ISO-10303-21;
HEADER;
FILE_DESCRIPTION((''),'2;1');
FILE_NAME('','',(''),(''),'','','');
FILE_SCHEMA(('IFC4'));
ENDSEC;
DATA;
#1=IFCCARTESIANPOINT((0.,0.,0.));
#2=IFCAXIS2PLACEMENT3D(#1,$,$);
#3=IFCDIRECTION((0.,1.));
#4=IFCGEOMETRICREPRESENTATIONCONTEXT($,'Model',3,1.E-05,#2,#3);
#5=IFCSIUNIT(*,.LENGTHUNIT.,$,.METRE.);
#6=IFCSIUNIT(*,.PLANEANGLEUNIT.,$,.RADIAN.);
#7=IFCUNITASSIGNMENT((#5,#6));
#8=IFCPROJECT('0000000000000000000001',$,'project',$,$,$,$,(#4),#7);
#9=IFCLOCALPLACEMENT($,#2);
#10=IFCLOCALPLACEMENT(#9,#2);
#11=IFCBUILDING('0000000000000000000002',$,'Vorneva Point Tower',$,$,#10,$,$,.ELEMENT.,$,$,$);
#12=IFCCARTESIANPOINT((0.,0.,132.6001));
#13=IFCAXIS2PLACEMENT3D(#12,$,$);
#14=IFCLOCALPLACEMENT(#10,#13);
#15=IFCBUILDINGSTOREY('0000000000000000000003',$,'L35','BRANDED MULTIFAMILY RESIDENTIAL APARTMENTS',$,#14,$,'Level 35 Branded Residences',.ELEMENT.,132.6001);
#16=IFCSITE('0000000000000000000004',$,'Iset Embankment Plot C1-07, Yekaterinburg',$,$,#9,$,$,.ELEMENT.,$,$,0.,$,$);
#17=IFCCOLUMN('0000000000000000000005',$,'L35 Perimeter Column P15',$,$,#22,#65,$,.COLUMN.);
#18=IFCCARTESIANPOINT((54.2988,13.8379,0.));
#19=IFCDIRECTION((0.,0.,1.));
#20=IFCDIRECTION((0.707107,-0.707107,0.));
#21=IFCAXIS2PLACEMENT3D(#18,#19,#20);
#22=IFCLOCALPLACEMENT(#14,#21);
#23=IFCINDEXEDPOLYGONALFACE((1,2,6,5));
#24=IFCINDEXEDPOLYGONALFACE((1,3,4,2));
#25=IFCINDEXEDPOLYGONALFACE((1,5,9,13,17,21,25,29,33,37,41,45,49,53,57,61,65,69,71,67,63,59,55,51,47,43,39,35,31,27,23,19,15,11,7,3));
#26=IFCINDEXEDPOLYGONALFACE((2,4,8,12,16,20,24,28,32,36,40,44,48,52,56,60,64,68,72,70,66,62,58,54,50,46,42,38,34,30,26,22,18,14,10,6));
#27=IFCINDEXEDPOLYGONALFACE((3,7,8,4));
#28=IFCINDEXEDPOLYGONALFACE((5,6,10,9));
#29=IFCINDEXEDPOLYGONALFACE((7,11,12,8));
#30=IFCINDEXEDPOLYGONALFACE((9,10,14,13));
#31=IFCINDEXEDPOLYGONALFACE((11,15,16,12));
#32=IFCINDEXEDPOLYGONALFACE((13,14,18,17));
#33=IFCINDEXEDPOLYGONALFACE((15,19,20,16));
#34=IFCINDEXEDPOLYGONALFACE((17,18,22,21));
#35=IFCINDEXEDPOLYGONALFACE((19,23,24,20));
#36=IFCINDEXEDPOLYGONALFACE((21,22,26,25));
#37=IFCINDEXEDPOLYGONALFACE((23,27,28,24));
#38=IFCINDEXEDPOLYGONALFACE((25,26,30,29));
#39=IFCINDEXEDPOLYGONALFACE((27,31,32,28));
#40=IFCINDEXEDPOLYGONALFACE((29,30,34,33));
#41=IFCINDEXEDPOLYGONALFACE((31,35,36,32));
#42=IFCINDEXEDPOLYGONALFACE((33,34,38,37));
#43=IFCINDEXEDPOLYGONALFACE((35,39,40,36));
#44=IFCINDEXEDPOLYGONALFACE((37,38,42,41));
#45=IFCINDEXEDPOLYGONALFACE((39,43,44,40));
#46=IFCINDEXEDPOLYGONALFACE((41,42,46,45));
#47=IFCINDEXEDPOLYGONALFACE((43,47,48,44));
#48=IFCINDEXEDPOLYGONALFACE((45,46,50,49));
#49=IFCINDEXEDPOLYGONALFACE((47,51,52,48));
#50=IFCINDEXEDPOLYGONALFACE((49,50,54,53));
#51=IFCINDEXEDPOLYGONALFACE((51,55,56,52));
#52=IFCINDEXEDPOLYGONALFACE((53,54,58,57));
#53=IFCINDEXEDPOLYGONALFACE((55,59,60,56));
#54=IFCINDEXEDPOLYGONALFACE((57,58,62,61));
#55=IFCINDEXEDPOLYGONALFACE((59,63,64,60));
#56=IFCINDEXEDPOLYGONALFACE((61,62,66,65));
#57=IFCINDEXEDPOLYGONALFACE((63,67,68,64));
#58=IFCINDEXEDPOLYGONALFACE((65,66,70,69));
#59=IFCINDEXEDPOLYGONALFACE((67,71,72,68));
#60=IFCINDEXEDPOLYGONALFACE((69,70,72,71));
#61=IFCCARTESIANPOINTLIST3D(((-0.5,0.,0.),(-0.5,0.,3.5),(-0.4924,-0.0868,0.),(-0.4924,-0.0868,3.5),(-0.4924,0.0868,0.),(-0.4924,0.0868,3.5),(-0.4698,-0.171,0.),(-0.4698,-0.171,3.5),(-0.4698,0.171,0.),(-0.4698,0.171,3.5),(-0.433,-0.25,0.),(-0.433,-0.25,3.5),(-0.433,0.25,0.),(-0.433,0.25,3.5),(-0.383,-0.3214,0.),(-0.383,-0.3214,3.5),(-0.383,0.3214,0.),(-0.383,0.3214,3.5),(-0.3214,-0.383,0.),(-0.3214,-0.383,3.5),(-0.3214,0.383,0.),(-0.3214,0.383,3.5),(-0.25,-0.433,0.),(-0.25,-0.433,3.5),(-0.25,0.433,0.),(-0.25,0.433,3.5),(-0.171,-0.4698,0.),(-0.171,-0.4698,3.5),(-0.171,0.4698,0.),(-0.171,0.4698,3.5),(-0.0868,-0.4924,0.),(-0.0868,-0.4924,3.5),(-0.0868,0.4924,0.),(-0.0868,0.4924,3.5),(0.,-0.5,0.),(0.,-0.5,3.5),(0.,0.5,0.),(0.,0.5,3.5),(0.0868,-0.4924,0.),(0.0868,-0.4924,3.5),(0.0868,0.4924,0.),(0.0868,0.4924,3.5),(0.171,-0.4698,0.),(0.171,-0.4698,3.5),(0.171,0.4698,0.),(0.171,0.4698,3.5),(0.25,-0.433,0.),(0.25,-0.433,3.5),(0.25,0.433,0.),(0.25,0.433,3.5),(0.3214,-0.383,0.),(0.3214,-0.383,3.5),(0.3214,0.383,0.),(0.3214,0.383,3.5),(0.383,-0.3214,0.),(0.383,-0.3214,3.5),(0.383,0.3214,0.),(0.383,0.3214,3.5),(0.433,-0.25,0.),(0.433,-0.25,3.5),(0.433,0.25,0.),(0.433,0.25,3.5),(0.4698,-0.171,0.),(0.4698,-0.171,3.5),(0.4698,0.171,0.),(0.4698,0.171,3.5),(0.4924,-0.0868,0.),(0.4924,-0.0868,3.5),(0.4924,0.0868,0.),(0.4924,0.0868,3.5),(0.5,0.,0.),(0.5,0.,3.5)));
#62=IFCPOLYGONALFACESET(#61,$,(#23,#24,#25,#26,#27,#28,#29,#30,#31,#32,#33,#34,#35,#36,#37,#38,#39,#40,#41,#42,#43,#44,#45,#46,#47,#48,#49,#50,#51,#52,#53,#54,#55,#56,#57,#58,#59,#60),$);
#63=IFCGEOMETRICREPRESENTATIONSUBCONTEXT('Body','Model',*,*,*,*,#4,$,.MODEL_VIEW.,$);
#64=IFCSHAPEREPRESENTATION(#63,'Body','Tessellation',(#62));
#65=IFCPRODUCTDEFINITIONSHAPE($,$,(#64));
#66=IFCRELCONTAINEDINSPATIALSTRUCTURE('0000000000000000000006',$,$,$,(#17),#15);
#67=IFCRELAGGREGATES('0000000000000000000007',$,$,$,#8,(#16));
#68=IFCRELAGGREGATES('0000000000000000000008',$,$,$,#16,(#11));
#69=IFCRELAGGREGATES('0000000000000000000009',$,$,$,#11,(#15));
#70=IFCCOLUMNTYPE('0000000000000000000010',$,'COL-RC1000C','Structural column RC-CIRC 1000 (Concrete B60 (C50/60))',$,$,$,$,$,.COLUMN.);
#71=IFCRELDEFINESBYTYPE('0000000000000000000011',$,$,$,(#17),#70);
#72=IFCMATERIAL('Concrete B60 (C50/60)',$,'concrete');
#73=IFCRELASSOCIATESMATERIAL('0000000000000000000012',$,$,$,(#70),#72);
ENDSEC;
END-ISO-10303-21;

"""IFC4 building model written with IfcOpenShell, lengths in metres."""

from ifc_helpers import new_model, si_unit, direction, frame, origin, origin_2d, place, context, subcontext, project, spatial, circle, extrude, material, material_profile, profile_set, type_object, element, save


model = new_model("IFC4")

# Units and contexts
model_context = context("Model", 3, precision=1e-05, world=origin(), true_north=direction((0.0, 1.0)))
body_context = subcontext(model_context, "Body", "Model", "MODEL_VIEW")
ifc_project = project(units=[si_unit("LENGTHUNIT", "METRE"), si_unit("PLANEANGLEUNIT", "RADIAN")], contexts=[model_context])

# Site, building, storey
site_placement = place(None, origin())
site = spatial("IfcSite", under=ifc_project, at=site_placement, Name="Iset Embankment Plot C1-07, Yekaterinburg", CompositionType="ELEMENT", RefElevation=0.0)
building_placement = place(site_placement, origin())
building = spatial("IfcBuilding", under=site, at=building_placement, Name="Vorneva Point Tower", CompositionType="ELEMENT")
storey_placement = place(building_placement, frame((0.0, 0.0, 132.6001)))
storey = spatial("IfcBuildingStorey", under=building, at=storey_placement, Name="L35", Description="BRANDED MULTIFAMILY RESIDENTIAL APARTMENTS", LongName="Level 35 Branded Residences", CompositionType="ELEMENT", Elevation=132.6001)

# Column
ifc_material_1 = material(Name="Concrete B60 (C50/60)", Category="concrete")
ifc_material_profile_1 = material_profile(ifc_material_1, circle(Radius=0.5, at=origin_2d()), Name="RC-CIRC 1000")
ifc_profile_set_1 = profile_set([ifc_material_profile_1], Name="Concrete B60 (C50/60)")
column_type = type_object("IfcColumnType", Name="COL-RC1000C", Description="Structural column RC-CIRC 1000 (Concrete B60 (C50/60))", PredefinedType="COLUMN", material=ifc_profile_set_1)
for number, where, z_axis, x_axis, name in (
    (1, (54.2988, 13.8379, 0.0), (0.0, 0.0, 1.0), (0.707107, -0.707107, 0.0), "L35 Perimeter Column P15"),
):
    element("IfcColumn", number, at=place(storey_placement, frame(where, z_axis=z_axis, x_axis=x_axis)), inside=storey, type_object=column_type, Name=name, PredefinedType="COLUMN", context=body_context, shape_type="SweptSolid", body=[
        extrude(circle(Radius=0.5, at=origin_2d()), origin(), (0.0, 0.0, 1.0), 3.5),
    ])

save(model, "model.ifc")
